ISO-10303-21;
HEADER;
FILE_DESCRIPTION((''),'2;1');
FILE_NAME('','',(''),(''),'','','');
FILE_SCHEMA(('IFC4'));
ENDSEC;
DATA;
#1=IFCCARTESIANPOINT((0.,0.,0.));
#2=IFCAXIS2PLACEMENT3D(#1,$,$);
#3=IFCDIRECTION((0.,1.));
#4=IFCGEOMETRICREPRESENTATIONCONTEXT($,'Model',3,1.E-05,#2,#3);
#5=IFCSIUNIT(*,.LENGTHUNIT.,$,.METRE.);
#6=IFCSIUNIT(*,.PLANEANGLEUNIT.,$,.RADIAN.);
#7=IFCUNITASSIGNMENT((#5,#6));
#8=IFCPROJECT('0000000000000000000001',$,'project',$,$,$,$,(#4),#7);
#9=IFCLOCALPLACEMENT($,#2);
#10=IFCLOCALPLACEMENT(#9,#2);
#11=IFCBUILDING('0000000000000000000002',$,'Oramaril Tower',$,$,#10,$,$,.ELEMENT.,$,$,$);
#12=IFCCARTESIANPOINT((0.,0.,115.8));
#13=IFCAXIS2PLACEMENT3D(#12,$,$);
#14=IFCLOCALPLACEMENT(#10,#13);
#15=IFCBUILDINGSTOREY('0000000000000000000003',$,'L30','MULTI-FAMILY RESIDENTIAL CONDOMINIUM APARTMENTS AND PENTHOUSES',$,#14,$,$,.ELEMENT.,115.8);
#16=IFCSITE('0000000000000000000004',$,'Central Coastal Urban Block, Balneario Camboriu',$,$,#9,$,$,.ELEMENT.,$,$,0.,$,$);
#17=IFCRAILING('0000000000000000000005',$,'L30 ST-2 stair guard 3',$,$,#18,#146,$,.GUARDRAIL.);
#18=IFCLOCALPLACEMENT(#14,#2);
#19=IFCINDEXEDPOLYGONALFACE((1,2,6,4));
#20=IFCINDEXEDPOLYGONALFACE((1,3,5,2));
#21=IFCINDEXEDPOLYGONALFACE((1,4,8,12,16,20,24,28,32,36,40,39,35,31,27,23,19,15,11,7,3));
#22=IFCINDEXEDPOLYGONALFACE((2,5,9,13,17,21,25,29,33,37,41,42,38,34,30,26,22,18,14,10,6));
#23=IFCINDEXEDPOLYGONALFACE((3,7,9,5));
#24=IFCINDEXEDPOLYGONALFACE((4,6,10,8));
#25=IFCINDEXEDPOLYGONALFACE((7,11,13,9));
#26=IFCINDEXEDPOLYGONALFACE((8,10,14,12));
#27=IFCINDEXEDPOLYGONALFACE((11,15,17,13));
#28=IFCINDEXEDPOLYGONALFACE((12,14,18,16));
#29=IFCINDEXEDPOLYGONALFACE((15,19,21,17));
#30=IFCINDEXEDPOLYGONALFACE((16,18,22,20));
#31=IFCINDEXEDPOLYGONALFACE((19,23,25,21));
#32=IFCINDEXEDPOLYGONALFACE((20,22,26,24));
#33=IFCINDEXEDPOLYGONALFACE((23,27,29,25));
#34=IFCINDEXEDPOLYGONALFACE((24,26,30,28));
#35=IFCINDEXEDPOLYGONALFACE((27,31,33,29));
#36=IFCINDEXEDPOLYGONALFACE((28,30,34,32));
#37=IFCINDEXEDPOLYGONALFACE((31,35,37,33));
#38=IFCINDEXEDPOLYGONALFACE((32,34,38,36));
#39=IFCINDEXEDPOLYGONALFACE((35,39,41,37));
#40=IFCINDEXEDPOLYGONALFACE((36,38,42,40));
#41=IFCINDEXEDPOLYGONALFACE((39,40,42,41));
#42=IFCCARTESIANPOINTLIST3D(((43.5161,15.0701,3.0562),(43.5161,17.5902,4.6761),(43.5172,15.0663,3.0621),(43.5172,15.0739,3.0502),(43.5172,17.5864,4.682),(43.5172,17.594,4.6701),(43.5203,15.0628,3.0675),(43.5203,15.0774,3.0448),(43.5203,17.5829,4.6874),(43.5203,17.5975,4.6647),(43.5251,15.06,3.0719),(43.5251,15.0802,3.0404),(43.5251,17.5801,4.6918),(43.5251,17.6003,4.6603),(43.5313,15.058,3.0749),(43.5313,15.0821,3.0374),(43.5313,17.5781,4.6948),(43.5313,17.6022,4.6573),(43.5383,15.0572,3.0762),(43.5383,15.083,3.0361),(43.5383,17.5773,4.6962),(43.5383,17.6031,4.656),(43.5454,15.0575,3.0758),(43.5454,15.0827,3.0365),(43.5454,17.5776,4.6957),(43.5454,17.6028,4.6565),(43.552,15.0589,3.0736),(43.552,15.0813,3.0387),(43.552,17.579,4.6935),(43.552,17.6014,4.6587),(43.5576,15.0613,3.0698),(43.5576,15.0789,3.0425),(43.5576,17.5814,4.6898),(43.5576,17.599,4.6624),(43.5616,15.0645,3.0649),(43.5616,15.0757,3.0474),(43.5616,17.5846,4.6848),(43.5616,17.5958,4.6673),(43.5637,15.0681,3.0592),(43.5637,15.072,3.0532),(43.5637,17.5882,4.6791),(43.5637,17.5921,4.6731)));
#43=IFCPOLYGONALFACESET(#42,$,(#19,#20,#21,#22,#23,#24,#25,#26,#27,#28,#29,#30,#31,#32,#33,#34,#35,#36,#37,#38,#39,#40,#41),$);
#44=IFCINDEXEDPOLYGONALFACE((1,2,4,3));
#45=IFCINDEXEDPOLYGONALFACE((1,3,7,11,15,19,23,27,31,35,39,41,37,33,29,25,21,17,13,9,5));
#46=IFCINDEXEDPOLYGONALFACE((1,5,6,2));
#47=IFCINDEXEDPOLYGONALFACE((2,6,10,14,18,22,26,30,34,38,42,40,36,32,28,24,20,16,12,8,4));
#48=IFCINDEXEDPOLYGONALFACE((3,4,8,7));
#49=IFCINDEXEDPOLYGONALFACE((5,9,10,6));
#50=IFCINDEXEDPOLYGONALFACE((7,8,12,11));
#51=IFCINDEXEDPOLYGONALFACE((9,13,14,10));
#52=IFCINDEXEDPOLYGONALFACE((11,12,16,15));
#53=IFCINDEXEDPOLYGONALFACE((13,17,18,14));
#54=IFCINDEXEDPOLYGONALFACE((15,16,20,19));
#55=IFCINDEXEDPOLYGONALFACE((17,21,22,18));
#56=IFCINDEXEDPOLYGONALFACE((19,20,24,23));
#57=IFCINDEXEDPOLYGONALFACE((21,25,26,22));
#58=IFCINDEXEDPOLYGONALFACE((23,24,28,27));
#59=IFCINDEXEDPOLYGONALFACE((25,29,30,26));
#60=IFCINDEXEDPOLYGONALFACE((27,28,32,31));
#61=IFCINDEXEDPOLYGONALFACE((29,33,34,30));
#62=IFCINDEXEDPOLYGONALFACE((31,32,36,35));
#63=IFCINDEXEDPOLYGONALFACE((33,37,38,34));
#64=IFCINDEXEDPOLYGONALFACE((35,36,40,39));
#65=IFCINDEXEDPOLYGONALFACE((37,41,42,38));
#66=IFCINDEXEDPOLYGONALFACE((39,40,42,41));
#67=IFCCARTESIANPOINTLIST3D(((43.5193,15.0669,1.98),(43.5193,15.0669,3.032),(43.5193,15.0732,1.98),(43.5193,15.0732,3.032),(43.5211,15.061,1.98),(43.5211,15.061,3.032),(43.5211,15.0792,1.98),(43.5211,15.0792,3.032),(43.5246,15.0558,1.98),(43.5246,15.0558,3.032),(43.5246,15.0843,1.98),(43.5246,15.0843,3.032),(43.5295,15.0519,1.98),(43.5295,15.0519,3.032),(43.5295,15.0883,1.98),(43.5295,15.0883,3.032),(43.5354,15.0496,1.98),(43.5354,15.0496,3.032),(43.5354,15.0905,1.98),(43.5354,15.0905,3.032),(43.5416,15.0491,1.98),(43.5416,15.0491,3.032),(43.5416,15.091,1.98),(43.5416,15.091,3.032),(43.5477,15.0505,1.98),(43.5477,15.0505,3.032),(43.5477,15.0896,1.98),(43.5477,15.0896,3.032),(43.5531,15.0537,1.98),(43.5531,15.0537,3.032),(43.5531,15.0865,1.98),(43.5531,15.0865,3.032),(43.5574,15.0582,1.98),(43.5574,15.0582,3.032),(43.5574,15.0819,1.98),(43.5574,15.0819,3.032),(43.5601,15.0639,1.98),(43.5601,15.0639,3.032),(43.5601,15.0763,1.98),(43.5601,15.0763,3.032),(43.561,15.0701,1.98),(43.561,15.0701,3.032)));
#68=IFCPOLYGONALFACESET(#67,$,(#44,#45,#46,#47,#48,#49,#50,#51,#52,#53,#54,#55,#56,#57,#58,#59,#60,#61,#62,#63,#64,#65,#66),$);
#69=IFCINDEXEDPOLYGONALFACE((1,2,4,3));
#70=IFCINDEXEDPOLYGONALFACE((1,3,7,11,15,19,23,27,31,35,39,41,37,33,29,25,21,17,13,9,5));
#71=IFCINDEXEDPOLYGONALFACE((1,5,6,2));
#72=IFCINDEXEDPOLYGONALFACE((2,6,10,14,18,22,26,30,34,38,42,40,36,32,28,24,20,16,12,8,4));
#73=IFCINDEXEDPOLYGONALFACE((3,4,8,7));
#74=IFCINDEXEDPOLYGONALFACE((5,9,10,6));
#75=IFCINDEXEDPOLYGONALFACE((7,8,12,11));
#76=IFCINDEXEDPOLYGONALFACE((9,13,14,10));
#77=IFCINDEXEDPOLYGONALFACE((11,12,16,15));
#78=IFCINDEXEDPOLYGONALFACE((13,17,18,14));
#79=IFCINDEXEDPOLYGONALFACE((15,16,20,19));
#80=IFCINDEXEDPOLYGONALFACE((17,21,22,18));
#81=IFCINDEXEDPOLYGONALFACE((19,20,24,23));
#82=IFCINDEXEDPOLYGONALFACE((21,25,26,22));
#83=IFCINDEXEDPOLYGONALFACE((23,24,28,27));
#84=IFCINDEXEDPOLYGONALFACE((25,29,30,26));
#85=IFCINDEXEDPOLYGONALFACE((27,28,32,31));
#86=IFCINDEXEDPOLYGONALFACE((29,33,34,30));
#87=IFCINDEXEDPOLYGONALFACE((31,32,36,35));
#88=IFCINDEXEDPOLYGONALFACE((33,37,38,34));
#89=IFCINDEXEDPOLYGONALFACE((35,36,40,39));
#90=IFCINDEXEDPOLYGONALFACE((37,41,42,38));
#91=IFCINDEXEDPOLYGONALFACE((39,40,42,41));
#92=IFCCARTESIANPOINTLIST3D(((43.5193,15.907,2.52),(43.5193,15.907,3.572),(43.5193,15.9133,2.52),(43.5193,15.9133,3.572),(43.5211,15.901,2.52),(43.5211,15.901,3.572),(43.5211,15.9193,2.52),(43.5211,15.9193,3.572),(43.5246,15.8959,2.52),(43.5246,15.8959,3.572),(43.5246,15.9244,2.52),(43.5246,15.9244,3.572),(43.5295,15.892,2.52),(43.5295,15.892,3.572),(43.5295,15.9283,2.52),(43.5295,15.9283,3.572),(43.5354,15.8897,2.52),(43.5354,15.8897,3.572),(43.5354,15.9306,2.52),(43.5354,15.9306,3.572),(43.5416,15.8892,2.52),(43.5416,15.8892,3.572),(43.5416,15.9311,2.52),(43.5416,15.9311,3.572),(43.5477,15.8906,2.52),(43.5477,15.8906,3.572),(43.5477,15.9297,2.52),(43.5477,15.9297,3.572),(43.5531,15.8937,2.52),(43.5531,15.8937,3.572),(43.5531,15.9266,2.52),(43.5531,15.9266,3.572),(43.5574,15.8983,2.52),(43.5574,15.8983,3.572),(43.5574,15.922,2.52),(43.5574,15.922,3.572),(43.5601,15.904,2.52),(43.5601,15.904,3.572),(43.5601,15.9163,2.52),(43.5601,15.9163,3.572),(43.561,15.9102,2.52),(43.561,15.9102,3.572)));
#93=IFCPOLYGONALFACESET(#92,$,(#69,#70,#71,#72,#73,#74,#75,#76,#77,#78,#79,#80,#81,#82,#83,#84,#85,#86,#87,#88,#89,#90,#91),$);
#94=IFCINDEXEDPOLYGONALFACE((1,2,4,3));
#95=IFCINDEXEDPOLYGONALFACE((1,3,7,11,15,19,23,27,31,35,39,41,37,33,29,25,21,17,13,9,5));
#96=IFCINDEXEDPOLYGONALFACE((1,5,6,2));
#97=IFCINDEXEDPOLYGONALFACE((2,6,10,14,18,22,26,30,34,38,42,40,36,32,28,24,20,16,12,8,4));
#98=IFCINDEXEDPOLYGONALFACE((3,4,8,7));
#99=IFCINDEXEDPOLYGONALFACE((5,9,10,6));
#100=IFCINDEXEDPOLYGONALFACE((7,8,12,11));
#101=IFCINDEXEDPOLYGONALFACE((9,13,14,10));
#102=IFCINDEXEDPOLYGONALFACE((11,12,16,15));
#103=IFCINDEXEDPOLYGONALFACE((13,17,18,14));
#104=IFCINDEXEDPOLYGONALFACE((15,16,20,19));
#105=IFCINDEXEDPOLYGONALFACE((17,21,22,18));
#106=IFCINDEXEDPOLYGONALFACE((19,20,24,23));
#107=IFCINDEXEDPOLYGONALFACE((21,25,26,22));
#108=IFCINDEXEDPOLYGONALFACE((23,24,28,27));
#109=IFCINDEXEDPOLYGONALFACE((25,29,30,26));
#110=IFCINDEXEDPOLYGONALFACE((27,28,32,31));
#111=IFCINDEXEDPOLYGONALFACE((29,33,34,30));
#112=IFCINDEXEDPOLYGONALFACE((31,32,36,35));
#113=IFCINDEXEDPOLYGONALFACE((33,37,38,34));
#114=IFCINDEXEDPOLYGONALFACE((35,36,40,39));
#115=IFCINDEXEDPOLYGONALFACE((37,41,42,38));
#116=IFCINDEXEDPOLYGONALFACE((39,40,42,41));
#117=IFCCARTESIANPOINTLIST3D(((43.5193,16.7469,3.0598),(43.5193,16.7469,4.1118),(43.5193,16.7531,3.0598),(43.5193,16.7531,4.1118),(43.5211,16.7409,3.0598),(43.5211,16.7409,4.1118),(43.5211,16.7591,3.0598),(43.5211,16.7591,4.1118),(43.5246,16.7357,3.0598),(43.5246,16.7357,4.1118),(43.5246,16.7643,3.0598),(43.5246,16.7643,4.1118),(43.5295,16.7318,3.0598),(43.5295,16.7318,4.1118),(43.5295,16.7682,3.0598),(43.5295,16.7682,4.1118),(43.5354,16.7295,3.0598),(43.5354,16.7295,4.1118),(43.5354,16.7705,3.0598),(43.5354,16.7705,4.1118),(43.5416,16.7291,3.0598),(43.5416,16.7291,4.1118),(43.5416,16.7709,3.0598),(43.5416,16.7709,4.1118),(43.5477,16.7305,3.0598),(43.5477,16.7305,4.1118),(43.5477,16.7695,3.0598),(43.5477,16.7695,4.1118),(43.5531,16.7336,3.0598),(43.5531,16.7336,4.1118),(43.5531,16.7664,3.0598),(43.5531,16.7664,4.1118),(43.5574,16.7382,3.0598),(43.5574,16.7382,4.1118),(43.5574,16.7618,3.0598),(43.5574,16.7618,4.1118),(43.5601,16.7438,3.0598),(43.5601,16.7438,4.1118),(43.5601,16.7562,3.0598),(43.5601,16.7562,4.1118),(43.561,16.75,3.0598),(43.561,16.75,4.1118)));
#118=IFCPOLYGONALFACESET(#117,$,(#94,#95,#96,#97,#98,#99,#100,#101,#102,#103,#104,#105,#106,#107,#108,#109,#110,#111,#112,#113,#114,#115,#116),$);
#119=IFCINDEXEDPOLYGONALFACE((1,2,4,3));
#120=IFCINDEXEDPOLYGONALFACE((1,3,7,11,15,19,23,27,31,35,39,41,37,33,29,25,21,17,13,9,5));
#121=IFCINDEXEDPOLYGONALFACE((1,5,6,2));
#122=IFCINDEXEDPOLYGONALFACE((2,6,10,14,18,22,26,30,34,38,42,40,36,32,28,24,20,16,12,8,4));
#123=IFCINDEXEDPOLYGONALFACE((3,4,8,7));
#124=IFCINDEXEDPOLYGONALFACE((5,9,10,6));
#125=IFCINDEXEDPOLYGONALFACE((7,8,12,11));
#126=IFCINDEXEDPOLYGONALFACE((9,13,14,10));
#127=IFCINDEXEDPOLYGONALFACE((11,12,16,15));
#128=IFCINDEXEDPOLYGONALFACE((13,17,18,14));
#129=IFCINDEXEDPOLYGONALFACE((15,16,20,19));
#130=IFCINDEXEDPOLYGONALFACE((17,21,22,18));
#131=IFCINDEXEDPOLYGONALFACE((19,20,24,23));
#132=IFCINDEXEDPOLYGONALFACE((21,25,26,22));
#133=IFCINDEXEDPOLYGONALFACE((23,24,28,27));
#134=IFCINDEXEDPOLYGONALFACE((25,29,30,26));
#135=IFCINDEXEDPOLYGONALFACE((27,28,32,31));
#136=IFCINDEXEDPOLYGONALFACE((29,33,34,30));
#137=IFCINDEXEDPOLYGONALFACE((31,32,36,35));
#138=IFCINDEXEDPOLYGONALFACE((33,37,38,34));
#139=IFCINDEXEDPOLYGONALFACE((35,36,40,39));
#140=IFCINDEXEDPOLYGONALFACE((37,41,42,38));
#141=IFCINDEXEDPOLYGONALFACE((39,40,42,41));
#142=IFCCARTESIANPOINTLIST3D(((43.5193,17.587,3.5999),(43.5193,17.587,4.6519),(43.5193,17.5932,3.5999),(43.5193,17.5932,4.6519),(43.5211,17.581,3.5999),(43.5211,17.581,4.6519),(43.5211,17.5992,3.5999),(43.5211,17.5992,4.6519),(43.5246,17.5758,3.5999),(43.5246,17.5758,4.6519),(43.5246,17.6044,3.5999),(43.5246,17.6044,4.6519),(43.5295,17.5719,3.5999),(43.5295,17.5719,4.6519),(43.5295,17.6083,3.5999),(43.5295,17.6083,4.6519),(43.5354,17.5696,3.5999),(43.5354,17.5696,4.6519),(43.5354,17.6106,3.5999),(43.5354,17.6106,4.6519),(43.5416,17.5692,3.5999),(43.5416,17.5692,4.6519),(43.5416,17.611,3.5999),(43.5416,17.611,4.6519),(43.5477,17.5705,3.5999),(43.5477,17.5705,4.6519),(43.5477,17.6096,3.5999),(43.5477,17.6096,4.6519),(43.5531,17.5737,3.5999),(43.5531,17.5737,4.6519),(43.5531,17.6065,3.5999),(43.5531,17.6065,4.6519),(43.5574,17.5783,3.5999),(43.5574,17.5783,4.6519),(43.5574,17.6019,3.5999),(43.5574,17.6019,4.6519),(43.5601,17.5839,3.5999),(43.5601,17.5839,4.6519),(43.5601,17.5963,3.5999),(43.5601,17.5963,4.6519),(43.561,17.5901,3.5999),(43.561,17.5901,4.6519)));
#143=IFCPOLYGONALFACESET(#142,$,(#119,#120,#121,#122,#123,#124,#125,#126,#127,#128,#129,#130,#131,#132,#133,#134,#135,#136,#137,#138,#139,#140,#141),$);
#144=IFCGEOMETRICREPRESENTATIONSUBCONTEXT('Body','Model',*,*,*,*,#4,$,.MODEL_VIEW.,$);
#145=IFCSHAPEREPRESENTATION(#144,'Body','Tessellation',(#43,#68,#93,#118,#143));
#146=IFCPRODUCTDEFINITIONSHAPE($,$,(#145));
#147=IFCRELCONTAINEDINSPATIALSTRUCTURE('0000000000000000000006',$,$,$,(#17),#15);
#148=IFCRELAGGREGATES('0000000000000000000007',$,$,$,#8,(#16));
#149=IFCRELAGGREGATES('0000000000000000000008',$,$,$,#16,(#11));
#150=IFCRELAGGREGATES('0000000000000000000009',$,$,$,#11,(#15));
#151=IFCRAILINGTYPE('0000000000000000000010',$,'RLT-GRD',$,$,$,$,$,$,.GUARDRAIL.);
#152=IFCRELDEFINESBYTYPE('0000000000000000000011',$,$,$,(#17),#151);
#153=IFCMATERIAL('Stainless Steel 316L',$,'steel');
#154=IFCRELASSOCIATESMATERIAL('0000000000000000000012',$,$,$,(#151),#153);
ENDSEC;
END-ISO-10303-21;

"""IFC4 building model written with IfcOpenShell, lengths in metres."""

from ifc_helpers import new_model, si_unit, direction, frame, origin, origin_2d, place, context, subcontext, project, spatial, circle, extrude, material, type_object, element, save


model = new_model("IFC4")

# Units and contexts
model_context = context("Model", 3, precision=1e-05, world=origin(), true_north=direction((0.0, 1.0)))
body_context = subcontext(model_context, "Body", "Model", "MODEL_VIEW")
ifc_project = project(units=[si_unit("LENGTHUNIT", "METRE"), si_unit("PLANEANGLEUNIT", "RADIAN")], contexts=[model_context])

# Site, building, storey
site_placement = place(None, origin())
site = spatial("IfcSite", under=ifc_project, at=site_placement, Name="Central Coastal Urban Block, Balneario Camboriu", CompositionType="ELEMENT", RefElevation=0.0)
building_placement = place(site_placement, origin())
building = spatial("IfcBuilding", under=site, at=building_placement, Name="Oramaril Tower", CompositionType="ELEMENT")
storey_placement = place(building_placement, frame((0.0, 0.0, 115.8)))
storey = spatial("IfcBuildingStorey", under=building, at=storey_placement, Name="L30", Description="MULTI-FAMILY RESIDENTIAL CONDOMINIUM APARTMENTS AND PENTHOUSES", CompositionType="ELEMENT", Elevation=115.8)

# Railing
ifc_material_1 = material(Name="Stainless Steel 316L", Category="steel")
railing_type_1 = type_object("IfcRailingType", Name="RLT-GRD", PredefinedType="GUARDRAIL", material=ifc_material_1)
railing_1_placement = place(storey_placement, frame((43.54, 15.0701, 1.98)))
element("IfcRailing", 1, at=railing_1_placement, inside=storey, type_object=railing_type_1, Name="L30 ST-2 stair guard 3", PredefinedType="GUARDRAIL", context=body_context, shape_type="SweptSolid", body=[
    extrude(circle(Radius=0.0239, at=origin_2d()), frame((0.0, 0.0, 1.0762), z_axis=(0.0, 0.8412, 0.540725), x_axis=(-1.0, 0.0, 0.0)), (0.0, 0.0, 1.0), 2.9958),
    extrude(circle(Radius=0.021, at=origin_2d()), origin(), (0.0, 0.0, 1.0), 1.052),
    extrude(circle(Radius=0.021, at=origin_2d()), frame((0.0, 0.8401, 0.54)), (0.0, 0.0, 1.0), 1.052),
    extrude(circle(Radius=0.021, at=origin_2d()), frame((0.0, 1.6799, 1.0798)), (0.0, 0.0, 1.0), 1.052),
    extrude(circle(Radius=0.021, at=origin_2d()), frame((0.0, 2.52, 1.6199)), (0.0, 0.0, 1.0), 1.052),
])

save(model, "model.ifc")
